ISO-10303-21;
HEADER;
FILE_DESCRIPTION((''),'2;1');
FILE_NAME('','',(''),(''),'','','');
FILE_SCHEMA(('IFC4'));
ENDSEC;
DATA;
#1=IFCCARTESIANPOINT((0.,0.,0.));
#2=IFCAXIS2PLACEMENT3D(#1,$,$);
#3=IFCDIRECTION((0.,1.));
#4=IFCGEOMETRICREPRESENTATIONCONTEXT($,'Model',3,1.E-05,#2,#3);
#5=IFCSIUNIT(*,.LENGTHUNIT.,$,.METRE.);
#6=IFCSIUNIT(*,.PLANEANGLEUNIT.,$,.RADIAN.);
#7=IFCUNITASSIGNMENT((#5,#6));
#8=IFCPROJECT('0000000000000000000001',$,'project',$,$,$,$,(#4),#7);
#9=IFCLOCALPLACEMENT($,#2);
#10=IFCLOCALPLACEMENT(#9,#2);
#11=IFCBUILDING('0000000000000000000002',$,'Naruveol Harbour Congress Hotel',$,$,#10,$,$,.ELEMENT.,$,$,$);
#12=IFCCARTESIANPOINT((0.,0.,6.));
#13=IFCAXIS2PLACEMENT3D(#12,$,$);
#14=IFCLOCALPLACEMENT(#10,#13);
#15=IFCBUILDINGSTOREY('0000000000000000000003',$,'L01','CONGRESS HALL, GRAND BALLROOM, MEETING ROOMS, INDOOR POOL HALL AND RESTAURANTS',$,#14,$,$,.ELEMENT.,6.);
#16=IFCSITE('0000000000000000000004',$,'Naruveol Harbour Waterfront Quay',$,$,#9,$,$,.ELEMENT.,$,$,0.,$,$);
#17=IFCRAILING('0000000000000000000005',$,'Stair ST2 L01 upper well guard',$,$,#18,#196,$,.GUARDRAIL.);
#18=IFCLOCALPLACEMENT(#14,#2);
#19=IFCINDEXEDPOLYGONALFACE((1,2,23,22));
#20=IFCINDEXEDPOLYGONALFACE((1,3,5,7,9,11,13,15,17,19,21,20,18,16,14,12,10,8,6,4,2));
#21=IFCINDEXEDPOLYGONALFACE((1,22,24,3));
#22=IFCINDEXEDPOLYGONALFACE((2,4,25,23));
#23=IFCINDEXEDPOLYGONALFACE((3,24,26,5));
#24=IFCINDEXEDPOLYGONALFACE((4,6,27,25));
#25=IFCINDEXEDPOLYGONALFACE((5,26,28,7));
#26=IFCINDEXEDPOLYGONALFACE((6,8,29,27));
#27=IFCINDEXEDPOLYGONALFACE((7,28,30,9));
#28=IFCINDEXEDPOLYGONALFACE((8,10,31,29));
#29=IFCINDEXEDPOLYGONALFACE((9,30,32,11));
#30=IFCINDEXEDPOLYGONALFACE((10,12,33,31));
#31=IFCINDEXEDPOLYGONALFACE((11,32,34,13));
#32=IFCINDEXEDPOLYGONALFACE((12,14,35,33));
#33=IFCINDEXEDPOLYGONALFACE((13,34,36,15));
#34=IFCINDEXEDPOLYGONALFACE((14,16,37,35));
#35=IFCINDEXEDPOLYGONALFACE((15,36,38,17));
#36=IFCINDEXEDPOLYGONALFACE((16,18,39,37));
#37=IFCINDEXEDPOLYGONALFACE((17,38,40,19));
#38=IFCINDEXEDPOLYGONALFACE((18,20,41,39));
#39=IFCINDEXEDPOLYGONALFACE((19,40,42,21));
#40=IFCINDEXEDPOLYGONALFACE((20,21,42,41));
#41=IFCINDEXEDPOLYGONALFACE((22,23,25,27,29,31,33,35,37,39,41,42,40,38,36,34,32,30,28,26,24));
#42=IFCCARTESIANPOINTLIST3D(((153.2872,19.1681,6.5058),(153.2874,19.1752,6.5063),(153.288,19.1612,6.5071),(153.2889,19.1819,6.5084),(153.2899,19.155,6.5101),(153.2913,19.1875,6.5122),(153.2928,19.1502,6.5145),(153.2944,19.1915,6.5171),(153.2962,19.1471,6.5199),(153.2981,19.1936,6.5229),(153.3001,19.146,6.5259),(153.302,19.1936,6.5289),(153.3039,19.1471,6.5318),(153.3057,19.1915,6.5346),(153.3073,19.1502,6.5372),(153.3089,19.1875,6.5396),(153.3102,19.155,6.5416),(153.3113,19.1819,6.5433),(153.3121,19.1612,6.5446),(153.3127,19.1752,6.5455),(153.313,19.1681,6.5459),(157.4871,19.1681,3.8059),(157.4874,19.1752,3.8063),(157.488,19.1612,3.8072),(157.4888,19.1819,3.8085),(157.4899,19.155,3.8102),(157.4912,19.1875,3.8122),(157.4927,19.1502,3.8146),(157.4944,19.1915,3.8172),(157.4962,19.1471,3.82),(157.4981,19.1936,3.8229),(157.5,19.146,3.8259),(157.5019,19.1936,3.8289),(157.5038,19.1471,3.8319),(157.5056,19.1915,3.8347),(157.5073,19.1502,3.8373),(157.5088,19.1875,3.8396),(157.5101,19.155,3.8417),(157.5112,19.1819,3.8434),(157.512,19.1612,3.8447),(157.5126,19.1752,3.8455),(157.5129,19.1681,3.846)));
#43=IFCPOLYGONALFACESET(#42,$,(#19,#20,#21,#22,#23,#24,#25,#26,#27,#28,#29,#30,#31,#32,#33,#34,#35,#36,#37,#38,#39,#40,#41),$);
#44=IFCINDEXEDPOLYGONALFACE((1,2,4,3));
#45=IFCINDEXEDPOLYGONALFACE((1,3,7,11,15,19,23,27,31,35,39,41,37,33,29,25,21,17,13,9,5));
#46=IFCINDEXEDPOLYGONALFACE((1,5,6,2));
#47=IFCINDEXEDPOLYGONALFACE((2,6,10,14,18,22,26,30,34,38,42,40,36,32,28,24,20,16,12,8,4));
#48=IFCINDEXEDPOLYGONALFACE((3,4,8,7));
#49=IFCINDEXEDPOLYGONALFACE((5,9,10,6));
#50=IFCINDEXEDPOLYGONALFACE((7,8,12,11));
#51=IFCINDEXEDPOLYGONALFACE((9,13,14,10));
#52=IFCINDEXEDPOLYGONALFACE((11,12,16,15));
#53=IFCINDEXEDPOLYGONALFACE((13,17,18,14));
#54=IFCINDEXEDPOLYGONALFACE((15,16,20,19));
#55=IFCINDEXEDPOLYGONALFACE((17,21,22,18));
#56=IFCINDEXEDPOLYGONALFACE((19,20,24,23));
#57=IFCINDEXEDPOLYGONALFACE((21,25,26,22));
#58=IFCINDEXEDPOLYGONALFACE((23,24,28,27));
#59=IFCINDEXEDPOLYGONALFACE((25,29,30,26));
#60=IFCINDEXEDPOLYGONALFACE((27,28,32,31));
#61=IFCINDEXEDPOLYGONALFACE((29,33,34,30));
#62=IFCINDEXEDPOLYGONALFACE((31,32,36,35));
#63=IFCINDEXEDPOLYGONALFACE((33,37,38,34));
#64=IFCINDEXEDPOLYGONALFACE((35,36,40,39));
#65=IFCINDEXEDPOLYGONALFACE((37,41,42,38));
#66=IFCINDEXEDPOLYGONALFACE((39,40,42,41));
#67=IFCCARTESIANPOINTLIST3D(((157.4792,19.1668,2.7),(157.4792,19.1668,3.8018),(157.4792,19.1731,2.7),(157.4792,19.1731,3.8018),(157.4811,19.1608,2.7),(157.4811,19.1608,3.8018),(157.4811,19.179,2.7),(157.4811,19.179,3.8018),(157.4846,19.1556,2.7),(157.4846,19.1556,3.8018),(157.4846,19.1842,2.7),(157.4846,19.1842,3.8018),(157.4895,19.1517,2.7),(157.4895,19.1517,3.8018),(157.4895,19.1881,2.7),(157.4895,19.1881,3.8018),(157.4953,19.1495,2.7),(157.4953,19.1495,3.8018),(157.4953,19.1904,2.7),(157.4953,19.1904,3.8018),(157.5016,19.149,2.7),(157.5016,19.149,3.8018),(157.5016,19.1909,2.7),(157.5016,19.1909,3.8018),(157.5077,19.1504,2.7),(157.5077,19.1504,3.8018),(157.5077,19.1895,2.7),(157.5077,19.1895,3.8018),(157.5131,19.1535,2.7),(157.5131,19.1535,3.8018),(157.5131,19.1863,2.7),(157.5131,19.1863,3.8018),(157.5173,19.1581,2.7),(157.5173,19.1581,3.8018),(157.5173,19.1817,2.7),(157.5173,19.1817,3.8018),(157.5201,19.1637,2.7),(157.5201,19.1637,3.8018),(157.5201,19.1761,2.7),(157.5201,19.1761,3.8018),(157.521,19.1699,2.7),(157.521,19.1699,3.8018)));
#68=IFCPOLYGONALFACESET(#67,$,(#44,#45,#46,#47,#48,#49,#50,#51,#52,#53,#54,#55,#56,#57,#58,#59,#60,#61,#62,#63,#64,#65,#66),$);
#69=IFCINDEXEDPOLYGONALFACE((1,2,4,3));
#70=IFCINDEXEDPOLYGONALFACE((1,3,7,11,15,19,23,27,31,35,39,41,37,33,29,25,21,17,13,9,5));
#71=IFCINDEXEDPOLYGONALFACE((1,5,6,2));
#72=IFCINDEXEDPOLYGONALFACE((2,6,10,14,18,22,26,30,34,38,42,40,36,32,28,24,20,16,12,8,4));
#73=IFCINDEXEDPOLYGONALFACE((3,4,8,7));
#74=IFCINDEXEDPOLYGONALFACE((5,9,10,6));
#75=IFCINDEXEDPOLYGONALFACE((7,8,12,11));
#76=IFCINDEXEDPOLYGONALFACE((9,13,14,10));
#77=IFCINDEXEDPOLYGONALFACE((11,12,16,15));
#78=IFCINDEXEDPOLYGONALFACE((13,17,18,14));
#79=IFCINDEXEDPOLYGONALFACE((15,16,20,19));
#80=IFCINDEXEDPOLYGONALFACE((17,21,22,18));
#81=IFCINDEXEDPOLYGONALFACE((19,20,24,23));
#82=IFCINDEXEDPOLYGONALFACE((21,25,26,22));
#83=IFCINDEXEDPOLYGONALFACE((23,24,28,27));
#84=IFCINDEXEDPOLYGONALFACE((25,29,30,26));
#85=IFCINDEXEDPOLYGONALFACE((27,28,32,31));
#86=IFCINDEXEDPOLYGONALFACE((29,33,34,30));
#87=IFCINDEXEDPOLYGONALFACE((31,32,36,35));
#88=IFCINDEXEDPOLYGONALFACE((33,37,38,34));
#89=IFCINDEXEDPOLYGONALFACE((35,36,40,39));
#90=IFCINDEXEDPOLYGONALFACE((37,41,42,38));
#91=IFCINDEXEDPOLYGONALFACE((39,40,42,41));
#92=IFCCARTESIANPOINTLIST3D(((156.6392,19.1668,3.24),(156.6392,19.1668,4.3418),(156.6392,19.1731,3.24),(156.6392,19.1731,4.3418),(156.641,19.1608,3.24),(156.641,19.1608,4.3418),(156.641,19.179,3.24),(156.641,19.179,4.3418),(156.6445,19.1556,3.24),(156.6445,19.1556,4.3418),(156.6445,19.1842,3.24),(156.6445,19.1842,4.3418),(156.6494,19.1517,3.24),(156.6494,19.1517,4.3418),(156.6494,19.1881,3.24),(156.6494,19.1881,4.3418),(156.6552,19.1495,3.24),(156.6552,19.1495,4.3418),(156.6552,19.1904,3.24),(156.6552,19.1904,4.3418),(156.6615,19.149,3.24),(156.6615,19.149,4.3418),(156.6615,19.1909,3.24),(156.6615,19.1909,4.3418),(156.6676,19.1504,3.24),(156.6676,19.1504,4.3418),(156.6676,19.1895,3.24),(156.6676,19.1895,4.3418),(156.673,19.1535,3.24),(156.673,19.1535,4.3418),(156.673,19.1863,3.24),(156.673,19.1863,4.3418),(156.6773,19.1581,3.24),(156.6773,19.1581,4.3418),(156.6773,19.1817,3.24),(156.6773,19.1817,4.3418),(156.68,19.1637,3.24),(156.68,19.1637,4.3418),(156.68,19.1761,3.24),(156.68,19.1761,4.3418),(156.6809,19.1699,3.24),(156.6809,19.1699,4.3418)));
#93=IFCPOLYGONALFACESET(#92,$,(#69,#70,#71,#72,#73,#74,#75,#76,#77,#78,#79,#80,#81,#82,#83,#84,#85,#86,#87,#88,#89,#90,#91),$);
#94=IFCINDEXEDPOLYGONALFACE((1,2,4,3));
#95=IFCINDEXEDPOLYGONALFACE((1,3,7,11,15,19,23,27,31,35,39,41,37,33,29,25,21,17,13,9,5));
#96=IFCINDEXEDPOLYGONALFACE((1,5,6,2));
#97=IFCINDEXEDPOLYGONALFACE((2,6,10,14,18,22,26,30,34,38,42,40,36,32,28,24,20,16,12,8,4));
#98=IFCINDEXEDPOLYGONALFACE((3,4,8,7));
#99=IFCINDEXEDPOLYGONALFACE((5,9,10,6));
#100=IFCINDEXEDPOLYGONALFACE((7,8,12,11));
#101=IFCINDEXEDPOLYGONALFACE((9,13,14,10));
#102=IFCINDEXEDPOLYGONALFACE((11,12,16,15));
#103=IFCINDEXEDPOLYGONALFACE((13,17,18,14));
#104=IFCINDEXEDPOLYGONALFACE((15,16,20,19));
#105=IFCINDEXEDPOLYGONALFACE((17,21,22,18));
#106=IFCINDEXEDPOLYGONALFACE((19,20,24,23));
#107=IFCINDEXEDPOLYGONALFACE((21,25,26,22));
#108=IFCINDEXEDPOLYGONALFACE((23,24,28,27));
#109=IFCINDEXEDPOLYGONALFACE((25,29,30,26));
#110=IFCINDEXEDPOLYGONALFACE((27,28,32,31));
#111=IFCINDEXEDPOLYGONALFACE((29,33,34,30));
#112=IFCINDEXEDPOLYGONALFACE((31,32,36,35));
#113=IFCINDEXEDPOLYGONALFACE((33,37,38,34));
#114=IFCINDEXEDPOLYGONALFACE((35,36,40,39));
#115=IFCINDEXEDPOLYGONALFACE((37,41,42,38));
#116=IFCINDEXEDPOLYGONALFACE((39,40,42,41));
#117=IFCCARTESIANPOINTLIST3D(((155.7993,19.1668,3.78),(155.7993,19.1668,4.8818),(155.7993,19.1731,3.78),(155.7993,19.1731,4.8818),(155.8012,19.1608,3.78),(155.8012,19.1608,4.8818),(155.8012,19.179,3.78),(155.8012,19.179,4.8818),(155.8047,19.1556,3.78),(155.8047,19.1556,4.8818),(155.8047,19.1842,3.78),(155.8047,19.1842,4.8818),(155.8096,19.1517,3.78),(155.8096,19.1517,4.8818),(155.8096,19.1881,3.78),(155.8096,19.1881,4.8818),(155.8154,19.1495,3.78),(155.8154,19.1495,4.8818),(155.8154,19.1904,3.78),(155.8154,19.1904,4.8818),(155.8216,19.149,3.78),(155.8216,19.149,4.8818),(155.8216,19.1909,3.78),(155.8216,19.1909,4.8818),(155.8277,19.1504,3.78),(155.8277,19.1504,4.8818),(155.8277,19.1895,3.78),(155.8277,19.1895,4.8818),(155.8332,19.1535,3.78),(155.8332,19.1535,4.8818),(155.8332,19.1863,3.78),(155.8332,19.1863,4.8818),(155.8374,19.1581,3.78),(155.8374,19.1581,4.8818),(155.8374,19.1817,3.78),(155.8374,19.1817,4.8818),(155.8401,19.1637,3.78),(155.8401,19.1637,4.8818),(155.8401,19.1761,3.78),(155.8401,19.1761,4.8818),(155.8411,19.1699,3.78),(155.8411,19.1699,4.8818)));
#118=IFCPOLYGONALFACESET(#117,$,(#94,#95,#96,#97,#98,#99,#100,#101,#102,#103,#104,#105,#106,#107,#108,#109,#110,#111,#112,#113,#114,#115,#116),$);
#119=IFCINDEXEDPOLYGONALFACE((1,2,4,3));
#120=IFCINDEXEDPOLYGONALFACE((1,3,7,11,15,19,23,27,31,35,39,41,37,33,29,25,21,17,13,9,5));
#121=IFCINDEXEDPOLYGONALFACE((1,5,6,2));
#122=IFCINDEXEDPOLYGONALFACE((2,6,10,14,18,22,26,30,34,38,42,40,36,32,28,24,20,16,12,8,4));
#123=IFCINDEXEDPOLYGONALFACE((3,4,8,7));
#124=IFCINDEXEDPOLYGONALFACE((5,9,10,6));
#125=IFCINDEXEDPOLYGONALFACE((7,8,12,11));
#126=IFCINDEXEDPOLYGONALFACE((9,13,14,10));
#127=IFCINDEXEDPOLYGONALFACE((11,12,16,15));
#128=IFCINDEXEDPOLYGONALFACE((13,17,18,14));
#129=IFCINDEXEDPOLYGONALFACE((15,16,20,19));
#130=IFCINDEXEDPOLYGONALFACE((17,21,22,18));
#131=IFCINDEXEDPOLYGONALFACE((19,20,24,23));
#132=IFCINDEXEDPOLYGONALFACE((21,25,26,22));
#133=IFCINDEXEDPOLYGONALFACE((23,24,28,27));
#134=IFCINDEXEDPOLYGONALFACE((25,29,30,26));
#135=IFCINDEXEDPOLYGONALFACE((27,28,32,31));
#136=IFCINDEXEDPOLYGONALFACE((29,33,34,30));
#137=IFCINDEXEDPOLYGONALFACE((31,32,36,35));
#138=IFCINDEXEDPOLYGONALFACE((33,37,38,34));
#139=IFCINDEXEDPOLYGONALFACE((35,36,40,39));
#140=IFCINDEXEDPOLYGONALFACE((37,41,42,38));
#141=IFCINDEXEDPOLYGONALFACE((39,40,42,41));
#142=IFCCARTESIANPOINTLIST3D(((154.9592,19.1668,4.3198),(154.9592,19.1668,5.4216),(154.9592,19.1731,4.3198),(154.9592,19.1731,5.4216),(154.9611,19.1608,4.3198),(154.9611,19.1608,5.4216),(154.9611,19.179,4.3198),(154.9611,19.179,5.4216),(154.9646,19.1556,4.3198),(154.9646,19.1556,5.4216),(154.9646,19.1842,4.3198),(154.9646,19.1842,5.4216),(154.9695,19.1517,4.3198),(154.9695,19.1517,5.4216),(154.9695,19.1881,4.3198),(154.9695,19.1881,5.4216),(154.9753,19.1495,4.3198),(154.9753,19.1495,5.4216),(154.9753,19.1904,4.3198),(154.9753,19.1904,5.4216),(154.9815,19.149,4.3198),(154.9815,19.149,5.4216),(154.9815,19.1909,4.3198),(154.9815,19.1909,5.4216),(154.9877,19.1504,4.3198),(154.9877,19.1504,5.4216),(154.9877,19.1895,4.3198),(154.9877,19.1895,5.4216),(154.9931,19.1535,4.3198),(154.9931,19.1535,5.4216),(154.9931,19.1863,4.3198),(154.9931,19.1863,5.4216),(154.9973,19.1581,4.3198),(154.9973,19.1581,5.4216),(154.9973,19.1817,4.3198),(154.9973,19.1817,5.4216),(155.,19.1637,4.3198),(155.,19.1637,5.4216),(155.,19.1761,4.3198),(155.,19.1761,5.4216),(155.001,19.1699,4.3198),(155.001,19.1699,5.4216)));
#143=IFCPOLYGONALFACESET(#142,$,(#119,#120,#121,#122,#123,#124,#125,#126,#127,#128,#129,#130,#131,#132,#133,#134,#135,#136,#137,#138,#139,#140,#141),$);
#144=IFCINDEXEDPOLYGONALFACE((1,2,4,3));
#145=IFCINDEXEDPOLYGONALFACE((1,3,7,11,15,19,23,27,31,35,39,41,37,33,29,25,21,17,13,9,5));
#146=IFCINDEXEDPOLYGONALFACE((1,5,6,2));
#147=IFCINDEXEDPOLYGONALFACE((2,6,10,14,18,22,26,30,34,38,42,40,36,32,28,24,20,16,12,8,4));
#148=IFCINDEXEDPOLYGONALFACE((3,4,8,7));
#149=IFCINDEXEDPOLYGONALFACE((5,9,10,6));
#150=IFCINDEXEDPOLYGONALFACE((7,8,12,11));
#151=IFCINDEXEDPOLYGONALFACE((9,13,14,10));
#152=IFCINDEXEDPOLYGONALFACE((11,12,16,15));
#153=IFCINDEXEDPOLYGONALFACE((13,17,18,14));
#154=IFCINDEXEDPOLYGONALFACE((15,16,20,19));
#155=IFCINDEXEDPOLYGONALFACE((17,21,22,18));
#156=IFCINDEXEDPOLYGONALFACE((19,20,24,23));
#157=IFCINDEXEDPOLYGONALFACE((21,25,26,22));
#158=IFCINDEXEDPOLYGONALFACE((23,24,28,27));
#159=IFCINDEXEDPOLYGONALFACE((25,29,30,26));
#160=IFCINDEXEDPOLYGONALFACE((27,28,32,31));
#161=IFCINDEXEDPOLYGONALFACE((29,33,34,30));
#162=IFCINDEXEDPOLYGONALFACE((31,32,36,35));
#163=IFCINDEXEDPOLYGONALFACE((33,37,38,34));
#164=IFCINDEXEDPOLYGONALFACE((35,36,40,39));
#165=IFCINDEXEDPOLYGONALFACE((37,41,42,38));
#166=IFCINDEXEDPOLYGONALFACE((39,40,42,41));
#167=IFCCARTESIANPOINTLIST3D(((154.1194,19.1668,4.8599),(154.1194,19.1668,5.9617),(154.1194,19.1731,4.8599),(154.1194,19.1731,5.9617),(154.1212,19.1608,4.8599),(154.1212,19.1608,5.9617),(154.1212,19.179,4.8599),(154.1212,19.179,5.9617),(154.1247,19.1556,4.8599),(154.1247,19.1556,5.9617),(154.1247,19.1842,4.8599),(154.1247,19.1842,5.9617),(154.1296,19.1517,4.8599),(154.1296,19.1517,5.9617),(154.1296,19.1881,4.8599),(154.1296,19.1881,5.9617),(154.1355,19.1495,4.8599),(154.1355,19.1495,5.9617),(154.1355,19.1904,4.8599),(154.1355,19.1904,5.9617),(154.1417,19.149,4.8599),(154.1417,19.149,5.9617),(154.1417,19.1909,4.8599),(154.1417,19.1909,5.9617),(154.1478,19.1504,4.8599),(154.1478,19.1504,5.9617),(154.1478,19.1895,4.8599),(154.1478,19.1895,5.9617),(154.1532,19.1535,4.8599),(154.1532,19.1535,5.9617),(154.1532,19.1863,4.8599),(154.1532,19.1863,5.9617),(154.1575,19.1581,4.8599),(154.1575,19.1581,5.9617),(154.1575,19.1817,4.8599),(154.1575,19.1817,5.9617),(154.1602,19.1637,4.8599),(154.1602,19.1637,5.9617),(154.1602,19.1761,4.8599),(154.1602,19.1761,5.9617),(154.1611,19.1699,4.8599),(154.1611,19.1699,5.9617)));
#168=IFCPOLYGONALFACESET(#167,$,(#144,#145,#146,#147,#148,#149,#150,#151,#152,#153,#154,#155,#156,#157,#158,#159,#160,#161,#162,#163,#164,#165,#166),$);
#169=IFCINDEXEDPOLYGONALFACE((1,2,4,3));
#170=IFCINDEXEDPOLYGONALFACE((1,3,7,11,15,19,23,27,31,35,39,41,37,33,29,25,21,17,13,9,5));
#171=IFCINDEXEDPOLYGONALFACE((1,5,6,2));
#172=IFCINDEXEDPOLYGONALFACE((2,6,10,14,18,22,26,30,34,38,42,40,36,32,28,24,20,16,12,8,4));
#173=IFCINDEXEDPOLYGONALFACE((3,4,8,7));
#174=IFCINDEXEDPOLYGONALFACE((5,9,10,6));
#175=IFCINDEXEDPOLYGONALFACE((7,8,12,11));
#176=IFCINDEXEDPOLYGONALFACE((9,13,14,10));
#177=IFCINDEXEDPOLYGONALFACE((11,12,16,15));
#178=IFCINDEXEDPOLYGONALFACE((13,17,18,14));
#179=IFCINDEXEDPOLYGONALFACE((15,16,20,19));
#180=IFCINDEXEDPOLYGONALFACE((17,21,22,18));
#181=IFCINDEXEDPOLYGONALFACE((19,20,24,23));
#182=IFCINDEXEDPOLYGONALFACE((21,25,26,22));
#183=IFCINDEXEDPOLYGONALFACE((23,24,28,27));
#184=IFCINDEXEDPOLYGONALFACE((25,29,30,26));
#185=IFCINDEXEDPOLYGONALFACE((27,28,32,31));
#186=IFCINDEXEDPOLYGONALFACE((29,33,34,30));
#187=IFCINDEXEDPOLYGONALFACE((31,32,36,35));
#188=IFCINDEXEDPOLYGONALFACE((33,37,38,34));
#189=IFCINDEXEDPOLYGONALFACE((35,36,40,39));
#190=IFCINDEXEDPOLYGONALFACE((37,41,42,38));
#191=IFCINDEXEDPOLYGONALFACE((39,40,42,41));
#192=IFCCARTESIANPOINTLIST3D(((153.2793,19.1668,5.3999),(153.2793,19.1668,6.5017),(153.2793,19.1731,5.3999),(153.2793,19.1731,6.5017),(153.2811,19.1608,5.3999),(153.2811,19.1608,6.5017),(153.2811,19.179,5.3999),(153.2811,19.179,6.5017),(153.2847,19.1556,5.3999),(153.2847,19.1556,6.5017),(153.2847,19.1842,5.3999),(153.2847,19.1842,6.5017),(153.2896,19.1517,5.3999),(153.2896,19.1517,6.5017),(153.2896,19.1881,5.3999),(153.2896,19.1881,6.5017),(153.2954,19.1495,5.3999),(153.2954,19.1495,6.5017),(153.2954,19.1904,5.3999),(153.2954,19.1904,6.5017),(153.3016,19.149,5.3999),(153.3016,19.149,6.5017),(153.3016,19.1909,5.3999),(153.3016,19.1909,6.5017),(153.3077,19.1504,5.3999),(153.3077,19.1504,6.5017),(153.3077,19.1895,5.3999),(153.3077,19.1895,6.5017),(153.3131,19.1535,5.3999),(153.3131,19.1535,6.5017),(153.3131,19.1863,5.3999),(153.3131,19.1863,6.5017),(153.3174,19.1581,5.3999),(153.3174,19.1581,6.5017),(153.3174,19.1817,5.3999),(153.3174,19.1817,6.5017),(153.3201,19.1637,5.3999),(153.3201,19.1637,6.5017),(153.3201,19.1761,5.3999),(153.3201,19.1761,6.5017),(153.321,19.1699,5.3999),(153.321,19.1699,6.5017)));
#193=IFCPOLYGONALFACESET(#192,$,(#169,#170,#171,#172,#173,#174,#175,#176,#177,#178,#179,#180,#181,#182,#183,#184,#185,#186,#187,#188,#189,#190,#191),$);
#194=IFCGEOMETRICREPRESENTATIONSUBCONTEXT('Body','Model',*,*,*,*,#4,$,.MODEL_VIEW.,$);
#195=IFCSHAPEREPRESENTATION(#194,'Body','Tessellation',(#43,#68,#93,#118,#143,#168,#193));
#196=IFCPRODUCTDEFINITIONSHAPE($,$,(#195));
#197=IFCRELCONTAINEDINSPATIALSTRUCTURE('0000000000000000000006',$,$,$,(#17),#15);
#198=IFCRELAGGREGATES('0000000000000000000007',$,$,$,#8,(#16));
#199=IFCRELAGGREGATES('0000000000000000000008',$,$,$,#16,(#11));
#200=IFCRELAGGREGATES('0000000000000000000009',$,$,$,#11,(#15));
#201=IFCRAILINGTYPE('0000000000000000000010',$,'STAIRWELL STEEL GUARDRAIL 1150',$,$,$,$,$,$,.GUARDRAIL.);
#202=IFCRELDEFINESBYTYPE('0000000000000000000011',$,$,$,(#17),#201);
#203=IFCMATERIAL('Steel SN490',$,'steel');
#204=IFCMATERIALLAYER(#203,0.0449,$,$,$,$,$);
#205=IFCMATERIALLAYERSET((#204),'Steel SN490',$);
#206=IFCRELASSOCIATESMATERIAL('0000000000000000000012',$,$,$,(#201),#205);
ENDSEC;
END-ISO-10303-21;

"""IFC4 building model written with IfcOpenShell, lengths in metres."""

from ifc_helpers import new_model, si_unit, direction, frame, origin, origin_2d, place, context, subcontext, project, spatial, circle, extrude, material, layer, layer_set, type_object, element, save


model = new_model("IFC4")

# Units and contexts
model_context = context("Model", 3, precision=1e-05, world=origin(), true_north=direction((0.0, 1.0)))
body_context = subcontext(model_context, "Body", "Model", "MODEL_VIEW")
ifc_project = project(units=[si_unit("LENGTHUNIT", "METRE"), si_unit("PLANEANGLEUNIT", "RADIAN")], contexts=[model_context])

# Site, building, storey
site_placement = place(None, origin())
site = spatial("IfcSite", under=ifc_project, at=site_placement, Name="Naruveol Harbour Waterfront Quay", CompositionType="ELEMENT", RefElevation=0.0)
building_placement = place(site_placement, origin())
building = spatial("IfcBuilding", under=site, at=building_placement, Name="Naruveol Harbour Congress Hotel", CompositionType="ELEMENT")
storey_placement = place(building_placement, frame((0.0, 0.0, 6.0)))
storey = spatial("IfcBuildingStorey", under=building, at=storey_placement, Name="L01", Description="CONGRESS HALL, GRAND BALLROOM, MEETING ROOMS, INDOOR POOL HALL AND RESTAURANTS", CompositionType="ELEMENT", Elevation=6.0)

# Railing
ifc_material_1 = material(Name="Steel SN490", Category="steel")
ifc_layer_1 = layer(ifc_material_1, 0.0449)
ifc_layer_set_1 = layer_set([ifc_layer_1], Name="Steel SN490")
railing_type_1 = type_object("IfcRailingType", Name="STAIRWELL STEEL GUARDRAIL 1150", PredefinedType="GUARDRAIL", material=ifc_layer_set_1)
railing_1_placement = place(storey_placement, frame((157.5, 19.1699, 2.7)))
element("IfcRailing", 1, at=railing_1_placement, inside=storey, type_object=railing_type_1, Name="Stair ST2 L01 upper well guard", PredefinedType="GUARDRAIL", context=body_context, shape_type="SweptSolid", body=[
    extrude(circle(Radius=0.0239, at=origin_2d()), frame((0.0, 0.0, 1.126), z_axis=(-0.84118, 0.0, 0.540755), x_axis=(0.0, -1.0, 0.0)), (0.0, 0.0, 1.0), 4.9929),
    extrude(circle(Radius=0.021, at=origin_2d()), origin(), (0.0, 0.0, 1.0), 1.1018),
    extrude(circle(Radius=0.021, at=origin_2d()), frame((-0.8401, 0.0, 0.54)), (0.0, 0.0, 1.0), 1.1018),
    extrude(circle(Radius=0.021, at=origin_2d()), frame((-1.6799, 0.0, 1.0801)), (0.0, 0.0, 1.0), 1.1018),
    extrude(circle(Radius=0.021, at=origin_2d()), frame((-2.52, 0.0, 1.6199)), (0.0, 0.0, 1.0), 1.1018),
    extrude(circle(Radius=0.021, at=origin_2d()), frame((-3.3599, 0.0, 2.1599)), (0.0, 0.0, 1.0), 1.1018),
    extrude(circle(Radius=0.021, at=origin_2d()), frame((-4.2, 0.0, 2.7)), (0.0, 0.0, 1.0), 1.1018),
])

save(model, "model.ifc")
